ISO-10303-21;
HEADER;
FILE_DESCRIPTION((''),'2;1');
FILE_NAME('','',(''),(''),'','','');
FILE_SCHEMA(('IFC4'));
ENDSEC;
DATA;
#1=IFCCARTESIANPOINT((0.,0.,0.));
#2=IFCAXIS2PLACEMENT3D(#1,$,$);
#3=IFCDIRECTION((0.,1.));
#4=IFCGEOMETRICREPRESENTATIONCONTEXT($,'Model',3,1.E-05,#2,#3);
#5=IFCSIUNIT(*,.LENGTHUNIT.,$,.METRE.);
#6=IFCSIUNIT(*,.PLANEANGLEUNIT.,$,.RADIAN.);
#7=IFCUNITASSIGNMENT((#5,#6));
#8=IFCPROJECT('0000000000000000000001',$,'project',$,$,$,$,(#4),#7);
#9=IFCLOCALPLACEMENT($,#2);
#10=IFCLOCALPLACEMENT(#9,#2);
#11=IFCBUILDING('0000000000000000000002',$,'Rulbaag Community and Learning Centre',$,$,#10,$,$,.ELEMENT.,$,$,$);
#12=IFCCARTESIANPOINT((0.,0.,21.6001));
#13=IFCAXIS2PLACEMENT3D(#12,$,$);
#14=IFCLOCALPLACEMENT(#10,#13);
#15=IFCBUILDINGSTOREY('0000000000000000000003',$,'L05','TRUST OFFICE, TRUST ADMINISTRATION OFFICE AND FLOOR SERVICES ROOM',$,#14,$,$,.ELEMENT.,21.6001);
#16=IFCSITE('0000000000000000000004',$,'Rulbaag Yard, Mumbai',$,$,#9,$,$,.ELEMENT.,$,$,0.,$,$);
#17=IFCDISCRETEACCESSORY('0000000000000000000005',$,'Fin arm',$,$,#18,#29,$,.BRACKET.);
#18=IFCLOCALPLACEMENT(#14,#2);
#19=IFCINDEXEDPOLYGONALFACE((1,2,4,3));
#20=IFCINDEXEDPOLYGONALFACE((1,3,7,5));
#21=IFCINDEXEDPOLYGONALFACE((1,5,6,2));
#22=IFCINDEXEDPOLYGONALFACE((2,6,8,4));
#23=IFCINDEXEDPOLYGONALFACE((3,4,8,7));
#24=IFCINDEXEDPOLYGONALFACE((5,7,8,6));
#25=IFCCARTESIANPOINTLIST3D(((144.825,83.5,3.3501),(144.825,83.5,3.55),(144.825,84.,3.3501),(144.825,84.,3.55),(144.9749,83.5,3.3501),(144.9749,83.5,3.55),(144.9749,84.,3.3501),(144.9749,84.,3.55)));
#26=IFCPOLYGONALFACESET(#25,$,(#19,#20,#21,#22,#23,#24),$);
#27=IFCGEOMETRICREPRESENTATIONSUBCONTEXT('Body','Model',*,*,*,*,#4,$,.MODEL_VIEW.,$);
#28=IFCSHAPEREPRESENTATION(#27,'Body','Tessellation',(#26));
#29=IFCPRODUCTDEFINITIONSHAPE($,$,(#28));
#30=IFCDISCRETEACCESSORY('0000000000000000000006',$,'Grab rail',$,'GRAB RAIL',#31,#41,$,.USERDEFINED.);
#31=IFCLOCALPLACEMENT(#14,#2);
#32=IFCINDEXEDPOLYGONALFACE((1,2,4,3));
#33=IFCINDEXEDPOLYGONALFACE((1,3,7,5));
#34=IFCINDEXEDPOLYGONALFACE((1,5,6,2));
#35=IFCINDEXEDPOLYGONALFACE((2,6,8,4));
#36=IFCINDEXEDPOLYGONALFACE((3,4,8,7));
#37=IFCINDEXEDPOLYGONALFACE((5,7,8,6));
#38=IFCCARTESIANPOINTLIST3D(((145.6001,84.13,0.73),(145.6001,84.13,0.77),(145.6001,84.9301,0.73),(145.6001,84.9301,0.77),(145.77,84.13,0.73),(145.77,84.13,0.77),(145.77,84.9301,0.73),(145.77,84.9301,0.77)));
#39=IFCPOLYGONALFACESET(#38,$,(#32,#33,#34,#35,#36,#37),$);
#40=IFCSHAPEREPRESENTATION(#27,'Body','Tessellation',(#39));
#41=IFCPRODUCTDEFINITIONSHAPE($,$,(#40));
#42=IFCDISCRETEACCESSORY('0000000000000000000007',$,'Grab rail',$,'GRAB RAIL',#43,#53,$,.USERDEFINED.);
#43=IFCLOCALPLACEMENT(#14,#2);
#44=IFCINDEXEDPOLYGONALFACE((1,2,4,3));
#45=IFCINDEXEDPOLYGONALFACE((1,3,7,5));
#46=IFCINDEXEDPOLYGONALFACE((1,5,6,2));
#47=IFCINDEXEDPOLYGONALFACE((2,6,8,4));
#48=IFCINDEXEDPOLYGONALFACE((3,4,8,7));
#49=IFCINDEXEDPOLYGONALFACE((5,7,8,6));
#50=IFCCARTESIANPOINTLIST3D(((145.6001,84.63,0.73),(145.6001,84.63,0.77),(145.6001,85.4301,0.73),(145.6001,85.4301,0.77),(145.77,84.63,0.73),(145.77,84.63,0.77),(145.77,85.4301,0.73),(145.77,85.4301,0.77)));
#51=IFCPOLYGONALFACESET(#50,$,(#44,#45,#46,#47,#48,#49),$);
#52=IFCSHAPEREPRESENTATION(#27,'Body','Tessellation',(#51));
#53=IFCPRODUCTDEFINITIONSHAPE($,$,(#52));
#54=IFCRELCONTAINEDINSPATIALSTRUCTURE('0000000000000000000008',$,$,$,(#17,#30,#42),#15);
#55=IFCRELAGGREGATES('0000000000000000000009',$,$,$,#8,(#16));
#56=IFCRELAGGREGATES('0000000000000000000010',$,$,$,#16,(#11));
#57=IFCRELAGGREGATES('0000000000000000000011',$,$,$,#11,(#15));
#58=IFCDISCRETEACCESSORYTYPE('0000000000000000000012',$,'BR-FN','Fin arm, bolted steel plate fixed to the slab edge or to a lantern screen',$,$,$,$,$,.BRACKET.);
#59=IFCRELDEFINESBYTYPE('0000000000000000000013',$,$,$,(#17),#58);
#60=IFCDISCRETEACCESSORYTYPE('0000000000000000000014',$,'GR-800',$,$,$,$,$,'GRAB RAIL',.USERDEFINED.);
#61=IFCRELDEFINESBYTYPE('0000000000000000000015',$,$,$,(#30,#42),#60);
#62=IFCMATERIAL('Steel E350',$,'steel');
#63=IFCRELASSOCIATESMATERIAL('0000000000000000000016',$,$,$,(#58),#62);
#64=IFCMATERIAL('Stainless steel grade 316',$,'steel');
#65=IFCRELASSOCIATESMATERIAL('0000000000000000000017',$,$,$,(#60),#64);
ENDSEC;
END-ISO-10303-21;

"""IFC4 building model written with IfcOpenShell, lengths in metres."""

from ifc_helpers import new_model, si_unit, direction, frame, origin, origin_2d, place, context, subcontext, project, spatial, rectangle, extrude, material, type_object, element, save


model = new_model("IFC4")

# Units and contexts
model_context = context("Model", 3, precision=1e-05, world=origin(), true_north=direction((0.0, 1.0)))
body_context = subcontext(model_context, "Body", "Model", "MODEL_VIEW")
ifc_project = project(units=[si_unit("LENGTHUNIT", "METRE"), si_unit("PLANEANGLEUNIT", "RADIAN")], contexts=[model_context])

# Site, building, storey
site_placement = place(None, origin())
site = spatial("IfcSite", under=ifc_project, at=site_placement, Name="Rulbaag Yard, Mumbai", CompositionType="ELEMENT", RefElevation=0.0)
building_placement = place(site_placement, origin())
building = spatial("IfcBuilding", under=site, at=building_placement, Name="Rulbaag Community and Learning Centre", CompositionType="ELEMENT")
storey_placement = place(building_placement, frame((0.0, 0.0, 21.6001)))
storey = spatial("IfcBuildingStorey", under=building, at=storey_placement, Name="L05", Description="TRUST OFFICE, TRUST ADMINISTRATION OFFICE AND FLOOR SERVICES ROOM", CompositionType="ELEMENT", Elevation=21.6001)

# Discrete accessories
ifc_material_1 = material(Name="Steel E350", Category="steel")
discrete_accessory_type_1 = type_object("IfcDiscreteAccessoryType", Name="BR-FN", Description="Fin arm, bolted steel plate fixed to the slab edge or to a lantern screen", PredefinedType="BRACKET", material=ifc_material_1)
discrete_accessory_placement = place(storey_placement, frame((144.8999, 83.75, 3.3501), z_axis=(0.0, 0.0, 1.0), x_axis=(1.0, 0.0, 0.0)))
element("IfcDiscreteAccessory", 1, at=discrete_accessory_placement, inside=storey, type_object=discrete_accessory_type_1, Name="Fin arm", PredefinedType="BRACKET", context=body_context, shape_type="SweptSolid", body=[
    extrude(rectangle(XDim=0.1499, YDim=0.5, at=origin_2d()), origin(), (0.0, 0.0, 1.0), 0.2),
])
ifc_material_2 = material(Name="Stainless steel grade 316", Category="steel")
discrete_accessory_type_2 = type_object("IfcDiscreteAccessoryType", Name="GR-800", ElementType="GRAB RAIL", PredefinedType="USERDEFINED", material=ifc_material_2)
for number, where, z_axis, x_axis, name in (
    (2, (145.6851, 84.53, 0.73), (0.0, 0.0, 1.0), (1.0, 0.0, 0.0), "Grab rail"),
    (3, (145.6851, 85.03, 0.73), (0.0, 0.0, 1.0), (1.0, 0.0, 0.0), "Grab rail"),
):
    element("IfcDiscreteAccessory", number, at=place(storey_placement, frame(where, z_axis=z_axis, x_axis=x_axis)), inside=storey, type_object=discrete_accessory_type_2, Name=name, ObjectType="GRAB RAIL", PredefinedType="USERDEFINED", context=body_context, shape_type="SweptSolid", body=[
        extrude(rectangle(XDim=0.1699, YDim=0.8, at=origin_2d()), origin(), (0.0, 0.0, 1.0), 0.04),
    ])

save(model, "model.ifc")
